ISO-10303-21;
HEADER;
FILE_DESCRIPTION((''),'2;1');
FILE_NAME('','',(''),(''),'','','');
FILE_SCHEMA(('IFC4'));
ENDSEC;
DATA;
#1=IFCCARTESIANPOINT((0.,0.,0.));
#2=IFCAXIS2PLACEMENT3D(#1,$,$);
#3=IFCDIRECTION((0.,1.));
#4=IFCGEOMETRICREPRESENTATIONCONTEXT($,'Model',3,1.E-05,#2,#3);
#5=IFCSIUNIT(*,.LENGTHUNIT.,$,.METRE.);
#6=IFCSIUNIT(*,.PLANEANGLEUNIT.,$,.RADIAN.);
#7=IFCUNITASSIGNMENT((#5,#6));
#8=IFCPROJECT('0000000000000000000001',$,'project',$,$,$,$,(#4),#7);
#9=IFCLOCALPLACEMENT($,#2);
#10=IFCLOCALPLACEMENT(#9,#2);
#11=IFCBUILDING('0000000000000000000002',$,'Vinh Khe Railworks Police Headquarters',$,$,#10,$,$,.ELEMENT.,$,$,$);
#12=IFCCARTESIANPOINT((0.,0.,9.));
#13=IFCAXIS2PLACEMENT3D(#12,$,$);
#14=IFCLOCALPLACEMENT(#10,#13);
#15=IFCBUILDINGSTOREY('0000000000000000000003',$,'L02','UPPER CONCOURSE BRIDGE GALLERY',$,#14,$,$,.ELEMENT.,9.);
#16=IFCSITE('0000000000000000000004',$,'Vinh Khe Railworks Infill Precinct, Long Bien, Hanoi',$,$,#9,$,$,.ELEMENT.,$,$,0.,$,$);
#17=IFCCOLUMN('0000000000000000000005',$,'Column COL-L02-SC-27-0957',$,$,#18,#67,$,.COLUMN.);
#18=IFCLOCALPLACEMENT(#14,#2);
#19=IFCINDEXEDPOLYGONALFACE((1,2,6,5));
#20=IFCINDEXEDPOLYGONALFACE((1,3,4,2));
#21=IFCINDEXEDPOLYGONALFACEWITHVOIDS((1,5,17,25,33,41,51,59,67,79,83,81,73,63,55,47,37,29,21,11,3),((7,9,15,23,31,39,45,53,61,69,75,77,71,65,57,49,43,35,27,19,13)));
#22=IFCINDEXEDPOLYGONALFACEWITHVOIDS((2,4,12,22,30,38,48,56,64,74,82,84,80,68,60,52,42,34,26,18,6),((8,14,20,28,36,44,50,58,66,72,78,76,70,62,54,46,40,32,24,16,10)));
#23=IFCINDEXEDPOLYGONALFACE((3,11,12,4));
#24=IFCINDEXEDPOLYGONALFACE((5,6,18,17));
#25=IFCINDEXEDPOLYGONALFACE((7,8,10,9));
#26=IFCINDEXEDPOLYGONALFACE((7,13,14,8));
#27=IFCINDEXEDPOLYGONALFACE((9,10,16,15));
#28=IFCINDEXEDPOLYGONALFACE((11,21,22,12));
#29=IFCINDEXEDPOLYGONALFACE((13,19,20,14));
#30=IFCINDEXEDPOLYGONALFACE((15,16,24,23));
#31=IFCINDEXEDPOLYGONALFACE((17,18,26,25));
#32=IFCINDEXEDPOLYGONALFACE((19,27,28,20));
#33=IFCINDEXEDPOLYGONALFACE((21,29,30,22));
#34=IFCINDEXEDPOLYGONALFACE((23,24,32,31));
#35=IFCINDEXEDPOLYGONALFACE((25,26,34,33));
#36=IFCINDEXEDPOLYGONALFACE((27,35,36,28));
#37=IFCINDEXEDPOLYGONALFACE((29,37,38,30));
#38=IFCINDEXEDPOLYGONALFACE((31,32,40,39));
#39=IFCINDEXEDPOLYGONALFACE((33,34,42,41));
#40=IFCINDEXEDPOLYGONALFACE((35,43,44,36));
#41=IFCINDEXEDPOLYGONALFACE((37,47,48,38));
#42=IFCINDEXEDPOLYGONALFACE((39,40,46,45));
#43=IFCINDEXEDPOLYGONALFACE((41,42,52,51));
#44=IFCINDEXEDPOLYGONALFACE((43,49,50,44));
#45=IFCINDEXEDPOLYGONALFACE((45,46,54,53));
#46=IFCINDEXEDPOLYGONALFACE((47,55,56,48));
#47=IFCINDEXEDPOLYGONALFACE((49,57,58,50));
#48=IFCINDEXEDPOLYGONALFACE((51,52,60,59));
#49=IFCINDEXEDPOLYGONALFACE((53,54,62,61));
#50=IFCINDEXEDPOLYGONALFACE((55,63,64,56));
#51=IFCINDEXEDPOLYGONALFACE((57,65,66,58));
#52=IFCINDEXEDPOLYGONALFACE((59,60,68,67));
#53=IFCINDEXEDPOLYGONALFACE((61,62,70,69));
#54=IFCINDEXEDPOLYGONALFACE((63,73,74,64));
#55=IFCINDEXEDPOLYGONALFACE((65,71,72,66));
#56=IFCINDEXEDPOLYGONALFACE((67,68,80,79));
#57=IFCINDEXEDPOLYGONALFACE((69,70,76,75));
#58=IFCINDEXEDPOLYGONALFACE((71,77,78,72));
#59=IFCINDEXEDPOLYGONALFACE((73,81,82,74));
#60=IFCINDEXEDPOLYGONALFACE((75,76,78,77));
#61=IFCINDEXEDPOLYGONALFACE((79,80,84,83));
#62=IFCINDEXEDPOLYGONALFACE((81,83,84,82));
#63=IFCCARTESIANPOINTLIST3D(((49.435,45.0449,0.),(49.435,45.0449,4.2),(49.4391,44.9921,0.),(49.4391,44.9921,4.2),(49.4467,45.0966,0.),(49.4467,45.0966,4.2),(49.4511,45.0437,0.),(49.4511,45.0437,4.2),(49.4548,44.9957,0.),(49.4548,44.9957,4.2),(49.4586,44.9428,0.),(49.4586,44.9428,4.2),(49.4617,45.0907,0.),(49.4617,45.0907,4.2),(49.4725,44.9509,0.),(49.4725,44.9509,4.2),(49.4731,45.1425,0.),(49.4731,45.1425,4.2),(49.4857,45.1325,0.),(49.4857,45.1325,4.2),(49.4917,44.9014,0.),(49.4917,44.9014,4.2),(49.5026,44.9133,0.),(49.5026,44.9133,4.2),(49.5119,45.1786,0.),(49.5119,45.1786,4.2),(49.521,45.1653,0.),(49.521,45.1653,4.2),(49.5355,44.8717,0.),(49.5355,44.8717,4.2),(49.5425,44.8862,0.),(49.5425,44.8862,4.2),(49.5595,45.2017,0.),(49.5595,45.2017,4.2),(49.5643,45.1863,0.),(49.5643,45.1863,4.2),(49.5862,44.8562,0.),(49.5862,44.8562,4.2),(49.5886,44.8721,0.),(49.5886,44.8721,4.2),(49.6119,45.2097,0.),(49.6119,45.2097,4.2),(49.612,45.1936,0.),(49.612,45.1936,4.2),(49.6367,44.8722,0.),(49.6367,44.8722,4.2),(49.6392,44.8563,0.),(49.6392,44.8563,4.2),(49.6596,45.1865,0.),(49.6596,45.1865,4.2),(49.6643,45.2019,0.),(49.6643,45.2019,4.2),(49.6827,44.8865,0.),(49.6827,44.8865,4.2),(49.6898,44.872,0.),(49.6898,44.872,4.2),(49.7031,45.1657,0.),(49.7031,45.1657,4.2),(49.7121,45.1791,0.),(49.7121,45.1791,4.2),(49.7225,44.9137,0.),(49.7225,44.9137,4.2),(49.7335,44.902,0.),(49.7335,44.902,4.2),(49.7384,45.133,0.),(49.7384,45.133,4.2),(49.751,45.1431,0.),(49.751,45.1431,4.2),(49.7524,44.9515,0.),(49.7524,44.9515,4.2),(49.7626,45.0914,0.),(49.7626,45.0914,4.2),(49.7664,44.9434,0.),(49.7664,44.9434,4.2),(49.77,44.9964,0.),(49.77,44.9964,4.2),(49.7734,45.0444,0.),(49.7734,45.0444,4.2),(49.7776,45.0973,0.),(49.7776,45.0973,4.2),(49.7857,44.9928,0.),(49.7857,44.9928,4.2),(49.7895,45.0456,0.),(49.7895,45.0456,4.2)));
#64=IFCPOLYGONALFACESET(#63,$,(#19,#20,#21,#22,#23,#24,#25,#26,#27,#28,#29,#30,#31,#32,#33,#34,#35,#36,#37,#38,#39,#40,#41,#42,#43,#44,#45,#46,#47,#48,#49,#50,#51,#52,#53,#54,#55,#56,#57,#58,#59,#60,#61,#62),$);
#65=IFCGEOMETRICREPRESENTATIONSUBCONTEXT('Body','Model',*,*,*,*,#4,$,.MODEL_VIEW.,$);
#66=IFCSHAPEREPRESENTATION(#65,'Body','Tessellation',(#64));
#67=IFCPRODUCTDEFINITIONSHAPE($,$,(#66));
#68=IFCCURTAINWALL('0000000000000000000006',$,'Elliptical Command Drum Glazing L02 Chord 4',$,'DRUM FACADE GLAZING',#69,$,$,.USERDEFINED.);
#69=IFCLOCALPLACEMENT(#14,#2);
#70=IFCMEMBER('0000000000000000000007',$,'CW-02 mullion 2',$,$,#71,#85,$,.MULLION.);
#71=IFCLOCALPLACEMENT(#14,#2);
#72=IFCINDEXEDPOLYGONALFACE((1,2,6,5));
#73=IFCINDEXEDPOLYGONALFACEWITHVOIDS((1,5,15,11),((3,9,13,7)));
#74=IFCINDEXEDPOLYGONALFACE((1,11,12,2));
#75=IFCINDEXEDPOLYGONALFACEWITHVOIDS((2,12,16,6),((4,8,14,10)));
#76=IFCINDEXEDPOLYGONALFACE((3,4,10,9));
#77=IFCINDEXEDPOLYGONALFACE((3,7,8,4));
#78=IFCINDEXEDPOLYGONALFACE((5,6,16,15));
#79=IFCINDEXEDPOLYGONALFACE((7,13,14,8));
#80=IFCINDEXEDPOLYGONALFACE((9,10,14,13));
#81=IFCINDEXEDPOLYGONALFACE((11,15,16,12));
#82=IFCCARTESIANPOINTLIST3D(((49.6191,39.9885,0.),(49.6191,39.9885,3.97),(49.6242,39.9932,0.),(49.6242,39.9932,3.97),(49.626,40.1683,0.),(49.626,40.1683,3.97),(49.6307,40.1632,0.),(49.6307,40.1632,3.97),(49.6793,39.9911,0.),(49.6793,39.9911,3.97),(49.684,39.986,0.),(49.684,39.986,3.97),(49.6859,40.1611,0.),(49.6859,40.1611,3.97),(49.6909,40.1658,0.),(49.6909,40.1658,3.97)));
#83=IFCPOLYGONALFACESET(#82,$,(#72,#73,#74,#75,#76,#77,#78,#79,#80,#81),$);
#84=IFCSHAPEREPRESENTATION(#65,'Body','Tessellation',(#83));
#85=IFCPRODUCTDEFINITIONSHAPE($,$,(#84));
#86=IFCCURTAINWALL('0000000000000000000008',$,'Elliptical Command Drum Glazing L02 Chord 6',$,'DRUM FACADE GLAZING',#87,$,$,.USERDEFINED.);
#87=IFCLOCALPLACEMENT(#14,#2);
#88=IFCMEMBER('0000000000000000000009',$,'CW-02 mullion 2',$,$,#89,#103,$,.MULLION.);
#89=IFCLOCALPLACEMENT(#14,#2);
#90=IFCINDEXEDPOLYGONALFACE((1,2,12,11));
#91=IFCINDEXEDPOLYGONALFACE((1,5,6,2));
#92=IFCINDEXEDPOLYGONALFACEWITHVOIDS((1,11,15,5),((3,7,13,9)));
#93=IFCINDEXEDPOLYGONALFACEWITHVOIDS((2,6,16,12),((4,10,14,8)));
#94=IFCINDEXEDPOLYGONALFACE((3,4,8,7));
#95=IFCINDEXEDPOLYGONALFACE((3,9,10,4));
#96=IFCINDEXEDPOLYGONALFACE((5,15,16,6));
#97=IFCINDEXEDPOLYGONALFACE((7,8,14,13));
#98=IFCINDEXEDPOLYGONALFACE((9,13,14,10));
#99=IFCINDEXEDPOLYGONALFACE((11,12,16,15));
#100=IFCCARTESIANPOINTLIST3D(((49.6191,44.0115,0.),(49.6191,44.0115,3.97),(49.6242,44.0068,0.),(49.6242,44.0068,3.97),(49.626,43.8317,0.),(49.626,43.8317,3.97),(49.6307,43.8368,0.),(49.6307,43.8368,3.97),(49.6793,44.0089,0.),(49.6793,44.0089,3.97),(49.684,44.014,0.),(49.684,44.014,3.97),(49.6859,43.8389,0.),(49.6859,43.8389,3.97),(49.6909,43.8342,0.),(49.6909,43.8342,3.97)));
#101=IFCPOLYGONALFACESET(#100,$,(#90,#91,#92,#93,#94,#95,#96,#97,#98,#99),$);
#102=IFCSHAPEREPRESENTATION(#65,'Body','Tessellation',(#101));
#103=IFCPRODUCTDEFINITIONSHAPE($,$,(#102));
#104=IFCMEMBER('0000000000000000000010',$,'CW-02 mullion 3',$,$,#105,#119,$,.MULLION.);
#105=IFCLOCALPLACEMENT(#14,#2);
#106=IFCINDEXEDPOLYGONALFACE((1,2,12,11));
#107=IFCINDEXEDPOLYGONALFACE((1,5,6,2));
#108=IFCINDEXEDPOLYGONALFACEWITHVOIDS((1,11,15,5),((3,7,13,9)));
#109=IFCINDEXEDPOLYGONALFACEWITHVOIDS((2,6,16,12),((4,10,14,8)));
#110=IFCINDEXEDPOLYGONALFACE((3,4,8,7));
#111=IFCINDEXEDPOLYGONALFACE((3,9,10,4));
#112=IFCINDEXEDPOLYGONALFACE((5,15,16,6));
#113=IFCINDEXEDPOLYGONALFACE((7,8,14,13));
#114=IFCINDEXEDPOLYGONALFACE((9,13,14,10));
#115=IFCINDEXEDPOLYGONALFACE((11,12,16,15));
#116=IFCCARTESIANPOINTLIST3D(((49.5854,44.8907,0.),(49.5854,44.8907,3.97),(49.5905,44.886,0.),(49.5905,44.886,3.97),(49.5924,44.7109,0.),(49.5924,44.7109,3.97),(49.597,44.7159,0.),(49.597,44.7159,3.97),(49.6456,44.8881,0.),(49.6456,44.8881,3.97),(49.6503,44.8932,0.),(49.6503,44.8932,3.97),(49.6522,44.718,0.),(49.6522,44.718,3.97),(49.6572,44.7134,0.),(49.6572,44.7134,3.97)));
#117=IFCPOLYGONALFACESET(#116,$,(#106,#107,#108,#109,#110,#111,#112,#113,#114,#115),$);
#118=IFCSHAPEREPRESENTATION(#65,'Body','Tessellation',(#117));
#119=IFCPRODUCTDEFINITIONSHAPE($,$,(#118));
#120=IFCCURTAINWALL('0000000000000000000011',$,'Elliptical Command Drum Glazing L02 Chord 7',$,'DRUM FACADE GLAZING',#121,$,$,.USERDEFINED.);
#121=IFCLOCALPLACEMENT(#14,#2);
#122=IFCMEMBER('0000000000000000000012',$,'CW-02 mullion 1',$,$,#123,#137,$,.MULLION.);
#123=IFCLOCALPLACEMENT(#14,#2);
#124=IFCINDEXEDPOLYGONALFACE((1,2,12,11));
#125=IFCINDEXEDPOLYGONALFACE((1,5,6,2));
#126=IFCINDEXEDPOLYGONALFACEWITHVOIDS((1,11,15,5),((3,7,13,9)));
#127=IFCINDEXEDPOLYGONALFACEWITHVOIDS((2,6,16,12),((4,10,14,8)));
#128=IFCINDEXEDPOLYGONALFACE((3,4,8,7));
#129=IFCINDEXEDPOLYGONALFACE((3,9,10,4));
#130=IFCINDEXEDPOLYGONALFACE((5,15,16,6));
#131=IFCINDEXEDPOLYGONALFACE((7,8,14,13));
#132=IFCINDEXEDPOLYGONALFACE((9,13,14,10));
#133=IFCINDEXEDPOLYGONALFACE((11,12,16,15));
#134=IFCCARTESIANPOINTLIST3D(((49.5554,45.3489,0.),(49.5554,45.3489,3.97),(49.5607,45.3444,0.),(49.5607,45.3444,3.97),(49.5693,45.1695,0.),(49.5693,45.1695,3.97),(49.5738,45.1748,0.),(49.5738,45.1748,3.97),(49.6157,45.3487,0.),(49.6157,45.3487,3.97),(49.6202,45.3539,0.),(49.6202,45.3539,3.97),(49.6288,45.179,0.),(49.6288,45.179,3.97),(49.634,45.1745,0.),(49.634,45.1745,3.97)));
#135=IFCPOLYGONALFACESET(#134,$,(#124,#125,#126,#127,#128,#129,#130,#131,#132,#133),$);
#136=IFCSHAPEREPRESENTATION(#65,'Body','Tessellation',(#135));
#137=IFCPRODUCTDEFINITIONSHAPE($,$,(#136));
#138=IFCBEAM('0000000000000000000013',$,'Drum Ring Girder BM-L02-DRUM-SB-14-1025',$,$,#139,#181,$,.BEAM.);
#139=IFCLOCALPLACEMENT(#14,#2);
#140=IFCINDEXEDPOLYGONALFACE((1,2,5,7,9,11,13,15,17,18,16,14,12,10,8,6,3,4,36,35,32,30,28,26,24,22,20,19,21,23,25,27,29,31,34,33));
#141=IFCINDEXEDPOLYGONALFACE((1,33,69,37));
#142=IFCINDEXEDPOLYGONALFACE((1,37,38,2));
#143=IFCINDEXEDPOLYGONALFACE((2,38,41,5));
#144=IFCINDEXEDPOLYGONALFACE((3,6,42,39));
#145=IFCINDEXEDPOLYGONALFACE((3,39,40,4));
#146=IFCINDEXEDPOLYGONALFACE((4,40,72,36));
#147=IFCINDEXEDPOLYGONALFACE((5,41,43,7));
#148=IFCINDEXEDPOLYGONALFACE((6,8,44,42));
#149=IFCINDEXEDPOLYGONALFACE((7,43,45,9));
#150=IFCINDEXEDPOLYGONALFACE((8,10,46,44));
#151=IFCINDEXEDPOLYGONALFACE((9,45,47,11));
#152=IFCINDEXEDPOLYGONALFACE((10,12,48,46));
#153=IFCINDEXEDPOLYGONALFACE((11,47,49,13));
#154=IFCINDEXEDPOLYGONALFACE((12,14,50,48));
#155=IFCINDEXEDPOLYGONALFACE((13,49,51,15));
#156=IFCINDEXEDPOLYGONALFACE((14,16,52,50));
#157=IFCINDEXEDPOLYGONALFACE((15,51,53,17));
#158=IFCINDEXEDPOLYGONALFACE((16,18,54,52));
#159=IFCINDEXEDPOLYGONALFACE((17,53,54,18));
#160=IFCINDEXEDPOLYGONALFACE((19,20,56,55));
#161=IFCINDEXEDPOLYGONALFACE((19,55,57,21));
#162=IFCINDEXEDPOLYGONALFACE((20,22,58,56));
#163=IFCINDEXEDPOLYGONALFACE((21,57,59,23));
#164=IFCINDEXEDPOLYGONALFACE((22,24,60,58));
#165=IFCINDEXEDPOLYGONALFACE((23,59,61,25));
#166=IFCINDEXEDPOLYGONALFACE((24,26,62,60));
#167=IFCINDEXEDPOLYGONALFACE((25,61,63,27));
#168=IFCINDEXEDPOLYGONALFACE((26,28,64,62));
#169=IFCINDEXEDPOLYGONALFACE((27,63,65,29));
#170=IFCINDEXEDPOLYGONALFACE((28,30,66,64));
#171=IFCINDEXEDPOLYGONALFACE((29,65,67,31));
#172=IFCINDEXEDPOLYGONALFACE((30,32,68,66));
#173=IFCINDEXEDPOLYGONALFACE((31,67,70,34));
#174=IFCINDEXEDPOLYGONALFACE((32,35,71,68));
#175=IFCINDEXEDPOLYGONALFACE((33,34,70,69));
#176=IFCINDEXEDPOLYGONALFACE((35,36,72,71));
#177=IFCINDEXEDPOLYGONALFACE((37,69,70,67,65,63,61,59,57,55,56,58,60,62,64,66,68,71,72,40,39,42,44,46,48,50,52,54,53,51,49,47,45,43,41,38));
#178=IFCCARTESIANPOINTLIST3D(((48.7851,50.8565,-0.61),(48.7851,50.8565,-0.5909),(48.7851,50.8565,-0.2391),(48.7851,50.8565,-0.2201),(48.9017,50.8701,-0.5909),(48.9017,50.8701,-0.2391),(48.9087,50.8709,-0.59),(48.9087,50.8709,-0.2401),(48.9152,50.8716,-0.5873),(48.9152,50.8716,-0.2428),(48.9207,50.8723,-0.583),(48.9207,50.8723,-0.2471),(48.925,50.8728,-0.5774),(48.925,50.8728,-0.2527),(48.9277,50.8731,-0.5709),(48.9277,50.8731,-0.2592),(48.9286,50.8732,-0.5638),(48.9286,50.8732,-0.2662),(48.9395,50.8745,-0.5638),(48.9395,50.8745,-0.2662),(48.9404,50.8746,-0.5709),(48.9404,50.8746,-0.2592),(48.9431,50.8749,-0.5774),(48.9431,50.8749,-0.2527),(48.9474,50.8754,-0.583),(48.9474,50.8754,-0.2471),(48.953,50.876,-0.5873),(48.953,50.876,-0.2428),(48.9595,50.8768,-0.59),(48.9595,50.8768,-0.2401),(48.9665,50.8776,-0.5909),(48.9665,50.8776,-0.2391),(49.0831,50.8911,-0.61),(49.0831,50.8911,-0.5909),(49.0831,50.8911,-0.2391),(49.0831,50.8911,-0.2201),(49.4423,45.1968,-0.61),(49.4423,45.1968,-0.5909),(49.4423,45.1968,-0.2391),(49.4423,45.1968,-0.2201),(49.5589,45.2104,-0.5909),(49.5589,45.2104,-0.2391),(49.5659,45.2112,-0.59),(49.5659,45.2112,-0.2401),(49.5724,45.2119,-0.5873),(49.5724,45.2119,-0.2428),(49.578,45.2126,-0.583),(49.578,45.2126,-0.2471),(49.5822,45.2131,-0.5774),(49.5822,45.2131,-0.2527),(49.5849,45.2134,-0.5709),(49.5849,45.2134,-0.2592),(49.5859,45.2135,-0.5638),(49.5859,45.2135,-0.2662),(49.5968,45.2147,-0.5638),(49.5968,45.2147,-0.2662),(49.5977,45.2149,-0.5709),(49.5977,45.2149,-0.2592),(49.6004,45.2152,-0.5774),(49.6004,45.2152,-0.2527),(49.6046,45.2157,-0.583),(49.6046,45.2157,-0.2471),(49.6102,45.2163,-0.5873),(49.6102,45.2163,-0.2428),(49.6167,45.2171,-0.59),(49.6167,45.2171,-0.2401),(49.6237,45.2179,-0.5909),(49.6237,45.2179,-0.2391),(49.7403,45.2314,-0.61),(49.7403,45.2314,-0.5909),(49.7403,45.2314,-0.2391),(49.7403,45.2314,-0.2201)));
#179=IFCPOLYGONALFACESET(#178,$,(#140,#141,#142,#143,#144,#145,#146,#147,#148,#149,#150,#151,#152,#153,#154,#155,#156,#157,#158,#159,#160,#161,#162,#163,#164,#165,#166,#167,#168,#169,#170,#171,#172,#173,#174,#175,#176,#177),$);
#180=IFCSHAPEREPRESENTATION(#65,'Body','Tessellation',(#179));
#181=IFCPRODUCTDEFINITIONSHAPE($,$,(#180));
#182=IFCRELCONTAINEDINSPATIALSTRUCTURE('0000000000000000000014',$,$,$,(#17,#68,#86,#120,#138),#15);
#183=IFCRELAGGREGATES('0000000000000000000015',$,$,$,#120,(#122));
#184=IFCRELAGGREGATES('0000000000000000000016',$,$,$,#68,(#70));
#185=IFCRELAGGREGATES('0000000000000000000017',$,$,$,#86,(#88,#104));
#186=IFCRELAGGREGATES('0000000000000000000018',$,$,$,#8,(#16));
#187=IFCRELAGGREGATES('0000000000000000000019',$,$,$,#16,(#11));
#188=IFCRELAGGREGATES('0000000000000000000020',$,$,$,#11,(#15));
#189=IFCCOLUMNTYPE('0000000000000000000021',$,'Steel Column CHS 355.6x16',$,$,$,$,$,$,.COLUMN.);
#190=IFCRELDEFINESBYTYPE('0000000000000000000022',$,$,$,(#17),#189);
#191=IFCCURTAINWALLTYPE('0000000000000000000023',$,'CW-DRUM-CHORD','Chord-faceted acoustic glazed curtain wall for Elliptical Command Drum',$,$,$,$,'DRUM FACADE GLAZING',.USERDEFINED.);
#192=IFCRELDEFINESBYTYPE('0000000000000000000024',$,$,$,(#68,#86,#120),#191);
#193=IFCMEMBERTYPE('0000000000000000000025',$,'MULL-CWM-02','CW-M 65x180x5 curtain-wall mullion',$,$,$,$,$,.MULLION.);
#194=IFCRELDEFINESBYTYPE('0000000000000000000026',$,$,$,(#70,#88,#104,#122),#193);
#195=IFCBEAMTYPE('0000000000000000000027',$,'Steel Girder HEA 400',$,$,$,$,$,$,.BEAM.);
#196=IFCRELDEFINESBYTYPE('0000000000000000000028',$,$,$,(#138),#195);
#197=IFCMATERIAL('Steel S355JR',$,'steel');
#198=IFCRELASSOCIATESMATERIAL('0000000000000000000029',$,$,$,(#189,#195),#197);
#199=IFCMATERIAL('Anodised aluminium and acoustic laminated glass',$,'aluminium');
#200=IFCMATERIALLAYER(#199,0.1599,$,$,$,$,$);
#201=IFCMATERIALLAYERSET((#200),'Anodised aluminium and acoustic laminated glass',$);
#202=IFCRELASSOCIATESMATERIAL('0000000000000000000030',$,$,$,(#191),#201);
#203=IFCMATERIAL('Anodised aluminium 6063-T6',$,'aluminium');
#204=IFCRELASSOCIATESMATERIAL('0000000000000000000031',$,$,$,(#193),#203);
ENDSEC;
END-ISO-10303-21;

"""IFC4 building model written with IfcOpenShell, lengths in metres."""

from ifc_helpers import new_model, si_unit, direction, frame, origin, origin_2d, place, context, subcontext, project, spatial, hollow_rectangle, hollow_circle, i_section, extrude, material, layer, layer_set, material_profile, profile_set, type_object, element, aggregate, save


model = new_model("IFC4")

# Units and contexts
model_context = context("Model", 3, precision=1e-05, world=origin(), true_north=direction((0.0, 1.0)))
body_context = subcontext(model_context, "Body", "Model", "MODEL_VIEW")
ifc_project = project(units=[si_unit("LENGTHUNIT", "METRE"), si_unit("PLANEANGLEUNIT", "RADIAN")], contexts=[model_context])

# Site, building, storey
site_placement = place(None, origin())
site = spatial("IfcSite", under=ifc_project, at=site_placement, Name="Vinh Khe Railworks Infill Precinct, Long Bien, Hanoi", CompositionType="ELEMENT", RefElevation=0.0)
building_placement = place(site_placement, origin())
building = spatial("IfcBuilding", under=site, at=building_placement, Name="Vinh Khe Railworks Police Headquarters", CompositionType="ELEMENT")
storey_placement = place(building_placement, frame((0.0, 0.0, 9.0)))
storey = spatial("IfcBuildingStorey", under=building, at=storey_placement, Name="L02", Description="UPPER CONCOURSE BRIDGE GALLERY", CompositionType="ELEMENT", Elevation=9.0)

# Column
ifc_material_1 = material(Name="Steel S355JR", Category="steel")
ifc_material_profile_1 = material_profile(ifc_material_1, hollow_circle(Radius=0.1777, WallThickness=0.0161, at=origin_2d()), Name="CHS 355.6x16")
ifc_profile_set_1 = profile_set([ifc_material_profile_1], Name="Steel S355JR")
column_type = type_object("IfcColumnType", Name="Steel Column CHS 355.6x16", PredefinedType="COLUMN", material=ifc_profile_set_1)
column_placement = place(storey_placement, frame((49.6123, 45.032, 0.0), z_axis=(0.0, 0.0, 1.0), x_axis=(0.997039, 0.076893, 0.0)))
element("IfcColumn", 1, at=column_placement, inside=storey, type_object=column_type, Name="Column COL-L02-SC-27-0957", PredefinedType="COLUMN", context=body_context, shape_type="SweptSolid", body=[
    extrude(hollow_circle(Radius=0.1777, WallThickness=0.0161, at=origin_2d()), origin(), (0.0, 0.0, 1.0), 4.2),
])

# Curtain wall, member
ifc_material_2 = material(Name="Anodised aluminium and acoustic laminated glass", Category="aluminium")
ifc_layer_1 = layer(ifc_material_2, 0.1599)
ifc_layer_set_1 = layer_set([ifc_layer_1], Name="Anodised aluminium and acoustic laminated glass")
curtain_wall_type = type_object("IfcCurtainWallType", Name="CW-DRUM-CHORD", Description="Chord-faceted acoustic glazed curtain wall for Elliptical Command Drum", ElementType="DRUM FACADE GLAZING", PredefinedType="USERDEFINED", material=ifc_layer_set_1)
curtain_wall_1_placement = place(storey_placement, origin())
curtain_wall_1 = element("IfcCurtainWall", 2, at=curtain_wall_1_placement, inside=storey, type_object=curtain_wall_type, Name="Elliptical Command Drum Glazing L02 Chord 4", ObjectType="DRUM FACADE GLAZING", PredefinedType="USERDEFINED")
ifc_material_3 = material(Name="Anodised aluminium 6063-T6", Category="aluminium")
ifc_material_profile_2 = material_profile(ifc_material_3, hollow_rectangle(XDim=0.0649, YDim=0.1799, WallThickness=0.0049, at=origin_2d()), Name="CW-M 65x180x5")
ifc_profile_set_2 = profile_set([ifc_material_profile_2], Name="Anodised aluminium 6063-T6")
member_type_1 = type_object("IfcMemberType", Name="MULL-CWM-02", Description="CW-M 65x180x5 curtain-wall mullion", PredefinedType="MULLION", material=ifc_profile_set_2)
member_1_placement = place(storey_placement, frame((49.655, 40.0771, 0.0), z_axis=(0.0, 0.0, 1.0), x_axis=(-0.999258, 0.038513, 0.0)))
member_1 = element("IfcMember", 3, at=member_1_placement, type_object=member_type_1, Name="CW-02 mullion 2", PredefinedType="MULLION", context=body_context, shape_type="SweptSolid", body=[
    extrude(hollow_rectangle(XDim=0.0649, YDim=0.1799, WallThickness=0.0049, at=origin_2d()), origin(), (0.0, 0.0, 1.0), 3.97),
])

# Curtain wall, members
curtain_wall_2_placement = place(storey_placement, origin())
curtain_wall_2 = element("IfcCurtainWall", 4, at=curtain_wall_2_placement, inside=storey, type_object=curtain_wall_type, Name="Elliptical Command Drum Glazing L02 Chord 6", ObjectType="DRUM FACADE GLAZING", PredefinedType="USERDEFINED")
member_2_placement = place(storey_placement, frame((49.655, 43.9229, 0.0), z_axis=(0.0, 0.0, 1.0), x_axis=(-0.999258, -0.038513, 0.0)))
member_2 = element("IfcMember", 5, at=member_2_placement, type_object=member_type_1, Name="CW-02 mullion 2", PredefinedType="MULLION", context=body_context, shape_type="SweptSolid", body=[
    extrude(hollow_rectangle(XDim=0.0649, YDim=0.1799, WallThickness=0.0049, at=origin_2d()), origin(), (0.0, 0.0, 1.0), 3.97),
])
member_3_placement = place(storey_placement, frame((49.6213, 44.802, 0.0), z_axis=(0.0, 0.0, 1.0), x_axis=(-0.999258, -0.038513, 0.0)))
member_3 = element("IfcMember", 6, at=member_3_placement, type_object=member_type_1, Name="CW-02 mullion 3", PredefinedType="MULLION", context=body_context, shape_type="SweptSolid", body=[
    extrude(hollow_rectangle(XDim=0.0649, YDim=0.1799, WallThickness=0.0049, at=origin_2d()), origin(), (0.0, 0.0, 1.0), 3.97),
])

# Curtain wall, member
curtain_wall_3_placement = place(storey_placement, origin())
curtain_wall_3 = element("IfcCurtainWall", 7, at=curtain_wall_3_placement, inside=storey, type_object=curtain_wall_type, Name="Elliptical Command Drum Glazing L02 Chord 7", ObjectType="DRUM FACADE GLAZING", PredefinedType="USERDEFINED")
member_4_placement = place(storey_placement, frame((49.5947, 45.2617, 0.0), z_axis=(0.0, 0.0, 1.0), x_axis=(-0.997033, -0.076969, 0.0)))
member_4 = element("IfcMember", 8, at=member_4_placement, type_object=member_type_1, Name="CW-02 mullion 1", PredefinedType="MULLION", context=body_context, shape_type="SweptSolid", body=[
    extrude(hollow_rectangle(XDim=0.0649, YDim=0.1799, WallThickness=0.0049, at=origin_2d()), origin(), (0.0, 0.0, 1.0), 3.97),
])

# Beam
ifc_material_profile_3 = material_profile(ifc_material_1, i_section(OverallWidth=0.3, OverallDepth=0.3899, WebThickness=0.011, FlangeThickness=0.019, FilletRadius=0.0271, at=origin_2d()), Name="HEA 400")
ifc_profile_set_3 = profile_set([ifc_material_profile_3], Name="Steel S355JR")
beam_type_1 = type_object("IfcBeamType", Name="Steel Girder HEA 400", PredefinedType="BEAM", material=ifc_profile_set_3)
beam_1_placement = place(storey_placement, frame((49.5913, 45.2141, -0.415), z_axis=(-0.115349, 0.993325, 0.0), x_axis=(-0.993325, -0.115349, 0.0)))
element("IfcBeam", 9, at=beam_1_placement, inside=storey, type_object=beam_type_1, Name="Drum Ring Girder BM-L02-DRUM-SB-14-1025", PredefinedType="BEAM", context=body_context, shape_type="SweptSolid", body=[
    extrude(i_section(OverallWidth=0.3, OverallDepth=0.3899, WebThickness=0.011, FlangeThickness=0.019, FilletRadius=0.0271, at=origin_2d()), origin(), (0.0, 0.0, 1.0), 5.6978),
])

aggregate(curtain_wall_3, [member_4])

aggregate(curtain_wall_1, [member_1])
aggregate(curtain_wall_2, [member_2, member_3])

save(model, "model.ifc")
